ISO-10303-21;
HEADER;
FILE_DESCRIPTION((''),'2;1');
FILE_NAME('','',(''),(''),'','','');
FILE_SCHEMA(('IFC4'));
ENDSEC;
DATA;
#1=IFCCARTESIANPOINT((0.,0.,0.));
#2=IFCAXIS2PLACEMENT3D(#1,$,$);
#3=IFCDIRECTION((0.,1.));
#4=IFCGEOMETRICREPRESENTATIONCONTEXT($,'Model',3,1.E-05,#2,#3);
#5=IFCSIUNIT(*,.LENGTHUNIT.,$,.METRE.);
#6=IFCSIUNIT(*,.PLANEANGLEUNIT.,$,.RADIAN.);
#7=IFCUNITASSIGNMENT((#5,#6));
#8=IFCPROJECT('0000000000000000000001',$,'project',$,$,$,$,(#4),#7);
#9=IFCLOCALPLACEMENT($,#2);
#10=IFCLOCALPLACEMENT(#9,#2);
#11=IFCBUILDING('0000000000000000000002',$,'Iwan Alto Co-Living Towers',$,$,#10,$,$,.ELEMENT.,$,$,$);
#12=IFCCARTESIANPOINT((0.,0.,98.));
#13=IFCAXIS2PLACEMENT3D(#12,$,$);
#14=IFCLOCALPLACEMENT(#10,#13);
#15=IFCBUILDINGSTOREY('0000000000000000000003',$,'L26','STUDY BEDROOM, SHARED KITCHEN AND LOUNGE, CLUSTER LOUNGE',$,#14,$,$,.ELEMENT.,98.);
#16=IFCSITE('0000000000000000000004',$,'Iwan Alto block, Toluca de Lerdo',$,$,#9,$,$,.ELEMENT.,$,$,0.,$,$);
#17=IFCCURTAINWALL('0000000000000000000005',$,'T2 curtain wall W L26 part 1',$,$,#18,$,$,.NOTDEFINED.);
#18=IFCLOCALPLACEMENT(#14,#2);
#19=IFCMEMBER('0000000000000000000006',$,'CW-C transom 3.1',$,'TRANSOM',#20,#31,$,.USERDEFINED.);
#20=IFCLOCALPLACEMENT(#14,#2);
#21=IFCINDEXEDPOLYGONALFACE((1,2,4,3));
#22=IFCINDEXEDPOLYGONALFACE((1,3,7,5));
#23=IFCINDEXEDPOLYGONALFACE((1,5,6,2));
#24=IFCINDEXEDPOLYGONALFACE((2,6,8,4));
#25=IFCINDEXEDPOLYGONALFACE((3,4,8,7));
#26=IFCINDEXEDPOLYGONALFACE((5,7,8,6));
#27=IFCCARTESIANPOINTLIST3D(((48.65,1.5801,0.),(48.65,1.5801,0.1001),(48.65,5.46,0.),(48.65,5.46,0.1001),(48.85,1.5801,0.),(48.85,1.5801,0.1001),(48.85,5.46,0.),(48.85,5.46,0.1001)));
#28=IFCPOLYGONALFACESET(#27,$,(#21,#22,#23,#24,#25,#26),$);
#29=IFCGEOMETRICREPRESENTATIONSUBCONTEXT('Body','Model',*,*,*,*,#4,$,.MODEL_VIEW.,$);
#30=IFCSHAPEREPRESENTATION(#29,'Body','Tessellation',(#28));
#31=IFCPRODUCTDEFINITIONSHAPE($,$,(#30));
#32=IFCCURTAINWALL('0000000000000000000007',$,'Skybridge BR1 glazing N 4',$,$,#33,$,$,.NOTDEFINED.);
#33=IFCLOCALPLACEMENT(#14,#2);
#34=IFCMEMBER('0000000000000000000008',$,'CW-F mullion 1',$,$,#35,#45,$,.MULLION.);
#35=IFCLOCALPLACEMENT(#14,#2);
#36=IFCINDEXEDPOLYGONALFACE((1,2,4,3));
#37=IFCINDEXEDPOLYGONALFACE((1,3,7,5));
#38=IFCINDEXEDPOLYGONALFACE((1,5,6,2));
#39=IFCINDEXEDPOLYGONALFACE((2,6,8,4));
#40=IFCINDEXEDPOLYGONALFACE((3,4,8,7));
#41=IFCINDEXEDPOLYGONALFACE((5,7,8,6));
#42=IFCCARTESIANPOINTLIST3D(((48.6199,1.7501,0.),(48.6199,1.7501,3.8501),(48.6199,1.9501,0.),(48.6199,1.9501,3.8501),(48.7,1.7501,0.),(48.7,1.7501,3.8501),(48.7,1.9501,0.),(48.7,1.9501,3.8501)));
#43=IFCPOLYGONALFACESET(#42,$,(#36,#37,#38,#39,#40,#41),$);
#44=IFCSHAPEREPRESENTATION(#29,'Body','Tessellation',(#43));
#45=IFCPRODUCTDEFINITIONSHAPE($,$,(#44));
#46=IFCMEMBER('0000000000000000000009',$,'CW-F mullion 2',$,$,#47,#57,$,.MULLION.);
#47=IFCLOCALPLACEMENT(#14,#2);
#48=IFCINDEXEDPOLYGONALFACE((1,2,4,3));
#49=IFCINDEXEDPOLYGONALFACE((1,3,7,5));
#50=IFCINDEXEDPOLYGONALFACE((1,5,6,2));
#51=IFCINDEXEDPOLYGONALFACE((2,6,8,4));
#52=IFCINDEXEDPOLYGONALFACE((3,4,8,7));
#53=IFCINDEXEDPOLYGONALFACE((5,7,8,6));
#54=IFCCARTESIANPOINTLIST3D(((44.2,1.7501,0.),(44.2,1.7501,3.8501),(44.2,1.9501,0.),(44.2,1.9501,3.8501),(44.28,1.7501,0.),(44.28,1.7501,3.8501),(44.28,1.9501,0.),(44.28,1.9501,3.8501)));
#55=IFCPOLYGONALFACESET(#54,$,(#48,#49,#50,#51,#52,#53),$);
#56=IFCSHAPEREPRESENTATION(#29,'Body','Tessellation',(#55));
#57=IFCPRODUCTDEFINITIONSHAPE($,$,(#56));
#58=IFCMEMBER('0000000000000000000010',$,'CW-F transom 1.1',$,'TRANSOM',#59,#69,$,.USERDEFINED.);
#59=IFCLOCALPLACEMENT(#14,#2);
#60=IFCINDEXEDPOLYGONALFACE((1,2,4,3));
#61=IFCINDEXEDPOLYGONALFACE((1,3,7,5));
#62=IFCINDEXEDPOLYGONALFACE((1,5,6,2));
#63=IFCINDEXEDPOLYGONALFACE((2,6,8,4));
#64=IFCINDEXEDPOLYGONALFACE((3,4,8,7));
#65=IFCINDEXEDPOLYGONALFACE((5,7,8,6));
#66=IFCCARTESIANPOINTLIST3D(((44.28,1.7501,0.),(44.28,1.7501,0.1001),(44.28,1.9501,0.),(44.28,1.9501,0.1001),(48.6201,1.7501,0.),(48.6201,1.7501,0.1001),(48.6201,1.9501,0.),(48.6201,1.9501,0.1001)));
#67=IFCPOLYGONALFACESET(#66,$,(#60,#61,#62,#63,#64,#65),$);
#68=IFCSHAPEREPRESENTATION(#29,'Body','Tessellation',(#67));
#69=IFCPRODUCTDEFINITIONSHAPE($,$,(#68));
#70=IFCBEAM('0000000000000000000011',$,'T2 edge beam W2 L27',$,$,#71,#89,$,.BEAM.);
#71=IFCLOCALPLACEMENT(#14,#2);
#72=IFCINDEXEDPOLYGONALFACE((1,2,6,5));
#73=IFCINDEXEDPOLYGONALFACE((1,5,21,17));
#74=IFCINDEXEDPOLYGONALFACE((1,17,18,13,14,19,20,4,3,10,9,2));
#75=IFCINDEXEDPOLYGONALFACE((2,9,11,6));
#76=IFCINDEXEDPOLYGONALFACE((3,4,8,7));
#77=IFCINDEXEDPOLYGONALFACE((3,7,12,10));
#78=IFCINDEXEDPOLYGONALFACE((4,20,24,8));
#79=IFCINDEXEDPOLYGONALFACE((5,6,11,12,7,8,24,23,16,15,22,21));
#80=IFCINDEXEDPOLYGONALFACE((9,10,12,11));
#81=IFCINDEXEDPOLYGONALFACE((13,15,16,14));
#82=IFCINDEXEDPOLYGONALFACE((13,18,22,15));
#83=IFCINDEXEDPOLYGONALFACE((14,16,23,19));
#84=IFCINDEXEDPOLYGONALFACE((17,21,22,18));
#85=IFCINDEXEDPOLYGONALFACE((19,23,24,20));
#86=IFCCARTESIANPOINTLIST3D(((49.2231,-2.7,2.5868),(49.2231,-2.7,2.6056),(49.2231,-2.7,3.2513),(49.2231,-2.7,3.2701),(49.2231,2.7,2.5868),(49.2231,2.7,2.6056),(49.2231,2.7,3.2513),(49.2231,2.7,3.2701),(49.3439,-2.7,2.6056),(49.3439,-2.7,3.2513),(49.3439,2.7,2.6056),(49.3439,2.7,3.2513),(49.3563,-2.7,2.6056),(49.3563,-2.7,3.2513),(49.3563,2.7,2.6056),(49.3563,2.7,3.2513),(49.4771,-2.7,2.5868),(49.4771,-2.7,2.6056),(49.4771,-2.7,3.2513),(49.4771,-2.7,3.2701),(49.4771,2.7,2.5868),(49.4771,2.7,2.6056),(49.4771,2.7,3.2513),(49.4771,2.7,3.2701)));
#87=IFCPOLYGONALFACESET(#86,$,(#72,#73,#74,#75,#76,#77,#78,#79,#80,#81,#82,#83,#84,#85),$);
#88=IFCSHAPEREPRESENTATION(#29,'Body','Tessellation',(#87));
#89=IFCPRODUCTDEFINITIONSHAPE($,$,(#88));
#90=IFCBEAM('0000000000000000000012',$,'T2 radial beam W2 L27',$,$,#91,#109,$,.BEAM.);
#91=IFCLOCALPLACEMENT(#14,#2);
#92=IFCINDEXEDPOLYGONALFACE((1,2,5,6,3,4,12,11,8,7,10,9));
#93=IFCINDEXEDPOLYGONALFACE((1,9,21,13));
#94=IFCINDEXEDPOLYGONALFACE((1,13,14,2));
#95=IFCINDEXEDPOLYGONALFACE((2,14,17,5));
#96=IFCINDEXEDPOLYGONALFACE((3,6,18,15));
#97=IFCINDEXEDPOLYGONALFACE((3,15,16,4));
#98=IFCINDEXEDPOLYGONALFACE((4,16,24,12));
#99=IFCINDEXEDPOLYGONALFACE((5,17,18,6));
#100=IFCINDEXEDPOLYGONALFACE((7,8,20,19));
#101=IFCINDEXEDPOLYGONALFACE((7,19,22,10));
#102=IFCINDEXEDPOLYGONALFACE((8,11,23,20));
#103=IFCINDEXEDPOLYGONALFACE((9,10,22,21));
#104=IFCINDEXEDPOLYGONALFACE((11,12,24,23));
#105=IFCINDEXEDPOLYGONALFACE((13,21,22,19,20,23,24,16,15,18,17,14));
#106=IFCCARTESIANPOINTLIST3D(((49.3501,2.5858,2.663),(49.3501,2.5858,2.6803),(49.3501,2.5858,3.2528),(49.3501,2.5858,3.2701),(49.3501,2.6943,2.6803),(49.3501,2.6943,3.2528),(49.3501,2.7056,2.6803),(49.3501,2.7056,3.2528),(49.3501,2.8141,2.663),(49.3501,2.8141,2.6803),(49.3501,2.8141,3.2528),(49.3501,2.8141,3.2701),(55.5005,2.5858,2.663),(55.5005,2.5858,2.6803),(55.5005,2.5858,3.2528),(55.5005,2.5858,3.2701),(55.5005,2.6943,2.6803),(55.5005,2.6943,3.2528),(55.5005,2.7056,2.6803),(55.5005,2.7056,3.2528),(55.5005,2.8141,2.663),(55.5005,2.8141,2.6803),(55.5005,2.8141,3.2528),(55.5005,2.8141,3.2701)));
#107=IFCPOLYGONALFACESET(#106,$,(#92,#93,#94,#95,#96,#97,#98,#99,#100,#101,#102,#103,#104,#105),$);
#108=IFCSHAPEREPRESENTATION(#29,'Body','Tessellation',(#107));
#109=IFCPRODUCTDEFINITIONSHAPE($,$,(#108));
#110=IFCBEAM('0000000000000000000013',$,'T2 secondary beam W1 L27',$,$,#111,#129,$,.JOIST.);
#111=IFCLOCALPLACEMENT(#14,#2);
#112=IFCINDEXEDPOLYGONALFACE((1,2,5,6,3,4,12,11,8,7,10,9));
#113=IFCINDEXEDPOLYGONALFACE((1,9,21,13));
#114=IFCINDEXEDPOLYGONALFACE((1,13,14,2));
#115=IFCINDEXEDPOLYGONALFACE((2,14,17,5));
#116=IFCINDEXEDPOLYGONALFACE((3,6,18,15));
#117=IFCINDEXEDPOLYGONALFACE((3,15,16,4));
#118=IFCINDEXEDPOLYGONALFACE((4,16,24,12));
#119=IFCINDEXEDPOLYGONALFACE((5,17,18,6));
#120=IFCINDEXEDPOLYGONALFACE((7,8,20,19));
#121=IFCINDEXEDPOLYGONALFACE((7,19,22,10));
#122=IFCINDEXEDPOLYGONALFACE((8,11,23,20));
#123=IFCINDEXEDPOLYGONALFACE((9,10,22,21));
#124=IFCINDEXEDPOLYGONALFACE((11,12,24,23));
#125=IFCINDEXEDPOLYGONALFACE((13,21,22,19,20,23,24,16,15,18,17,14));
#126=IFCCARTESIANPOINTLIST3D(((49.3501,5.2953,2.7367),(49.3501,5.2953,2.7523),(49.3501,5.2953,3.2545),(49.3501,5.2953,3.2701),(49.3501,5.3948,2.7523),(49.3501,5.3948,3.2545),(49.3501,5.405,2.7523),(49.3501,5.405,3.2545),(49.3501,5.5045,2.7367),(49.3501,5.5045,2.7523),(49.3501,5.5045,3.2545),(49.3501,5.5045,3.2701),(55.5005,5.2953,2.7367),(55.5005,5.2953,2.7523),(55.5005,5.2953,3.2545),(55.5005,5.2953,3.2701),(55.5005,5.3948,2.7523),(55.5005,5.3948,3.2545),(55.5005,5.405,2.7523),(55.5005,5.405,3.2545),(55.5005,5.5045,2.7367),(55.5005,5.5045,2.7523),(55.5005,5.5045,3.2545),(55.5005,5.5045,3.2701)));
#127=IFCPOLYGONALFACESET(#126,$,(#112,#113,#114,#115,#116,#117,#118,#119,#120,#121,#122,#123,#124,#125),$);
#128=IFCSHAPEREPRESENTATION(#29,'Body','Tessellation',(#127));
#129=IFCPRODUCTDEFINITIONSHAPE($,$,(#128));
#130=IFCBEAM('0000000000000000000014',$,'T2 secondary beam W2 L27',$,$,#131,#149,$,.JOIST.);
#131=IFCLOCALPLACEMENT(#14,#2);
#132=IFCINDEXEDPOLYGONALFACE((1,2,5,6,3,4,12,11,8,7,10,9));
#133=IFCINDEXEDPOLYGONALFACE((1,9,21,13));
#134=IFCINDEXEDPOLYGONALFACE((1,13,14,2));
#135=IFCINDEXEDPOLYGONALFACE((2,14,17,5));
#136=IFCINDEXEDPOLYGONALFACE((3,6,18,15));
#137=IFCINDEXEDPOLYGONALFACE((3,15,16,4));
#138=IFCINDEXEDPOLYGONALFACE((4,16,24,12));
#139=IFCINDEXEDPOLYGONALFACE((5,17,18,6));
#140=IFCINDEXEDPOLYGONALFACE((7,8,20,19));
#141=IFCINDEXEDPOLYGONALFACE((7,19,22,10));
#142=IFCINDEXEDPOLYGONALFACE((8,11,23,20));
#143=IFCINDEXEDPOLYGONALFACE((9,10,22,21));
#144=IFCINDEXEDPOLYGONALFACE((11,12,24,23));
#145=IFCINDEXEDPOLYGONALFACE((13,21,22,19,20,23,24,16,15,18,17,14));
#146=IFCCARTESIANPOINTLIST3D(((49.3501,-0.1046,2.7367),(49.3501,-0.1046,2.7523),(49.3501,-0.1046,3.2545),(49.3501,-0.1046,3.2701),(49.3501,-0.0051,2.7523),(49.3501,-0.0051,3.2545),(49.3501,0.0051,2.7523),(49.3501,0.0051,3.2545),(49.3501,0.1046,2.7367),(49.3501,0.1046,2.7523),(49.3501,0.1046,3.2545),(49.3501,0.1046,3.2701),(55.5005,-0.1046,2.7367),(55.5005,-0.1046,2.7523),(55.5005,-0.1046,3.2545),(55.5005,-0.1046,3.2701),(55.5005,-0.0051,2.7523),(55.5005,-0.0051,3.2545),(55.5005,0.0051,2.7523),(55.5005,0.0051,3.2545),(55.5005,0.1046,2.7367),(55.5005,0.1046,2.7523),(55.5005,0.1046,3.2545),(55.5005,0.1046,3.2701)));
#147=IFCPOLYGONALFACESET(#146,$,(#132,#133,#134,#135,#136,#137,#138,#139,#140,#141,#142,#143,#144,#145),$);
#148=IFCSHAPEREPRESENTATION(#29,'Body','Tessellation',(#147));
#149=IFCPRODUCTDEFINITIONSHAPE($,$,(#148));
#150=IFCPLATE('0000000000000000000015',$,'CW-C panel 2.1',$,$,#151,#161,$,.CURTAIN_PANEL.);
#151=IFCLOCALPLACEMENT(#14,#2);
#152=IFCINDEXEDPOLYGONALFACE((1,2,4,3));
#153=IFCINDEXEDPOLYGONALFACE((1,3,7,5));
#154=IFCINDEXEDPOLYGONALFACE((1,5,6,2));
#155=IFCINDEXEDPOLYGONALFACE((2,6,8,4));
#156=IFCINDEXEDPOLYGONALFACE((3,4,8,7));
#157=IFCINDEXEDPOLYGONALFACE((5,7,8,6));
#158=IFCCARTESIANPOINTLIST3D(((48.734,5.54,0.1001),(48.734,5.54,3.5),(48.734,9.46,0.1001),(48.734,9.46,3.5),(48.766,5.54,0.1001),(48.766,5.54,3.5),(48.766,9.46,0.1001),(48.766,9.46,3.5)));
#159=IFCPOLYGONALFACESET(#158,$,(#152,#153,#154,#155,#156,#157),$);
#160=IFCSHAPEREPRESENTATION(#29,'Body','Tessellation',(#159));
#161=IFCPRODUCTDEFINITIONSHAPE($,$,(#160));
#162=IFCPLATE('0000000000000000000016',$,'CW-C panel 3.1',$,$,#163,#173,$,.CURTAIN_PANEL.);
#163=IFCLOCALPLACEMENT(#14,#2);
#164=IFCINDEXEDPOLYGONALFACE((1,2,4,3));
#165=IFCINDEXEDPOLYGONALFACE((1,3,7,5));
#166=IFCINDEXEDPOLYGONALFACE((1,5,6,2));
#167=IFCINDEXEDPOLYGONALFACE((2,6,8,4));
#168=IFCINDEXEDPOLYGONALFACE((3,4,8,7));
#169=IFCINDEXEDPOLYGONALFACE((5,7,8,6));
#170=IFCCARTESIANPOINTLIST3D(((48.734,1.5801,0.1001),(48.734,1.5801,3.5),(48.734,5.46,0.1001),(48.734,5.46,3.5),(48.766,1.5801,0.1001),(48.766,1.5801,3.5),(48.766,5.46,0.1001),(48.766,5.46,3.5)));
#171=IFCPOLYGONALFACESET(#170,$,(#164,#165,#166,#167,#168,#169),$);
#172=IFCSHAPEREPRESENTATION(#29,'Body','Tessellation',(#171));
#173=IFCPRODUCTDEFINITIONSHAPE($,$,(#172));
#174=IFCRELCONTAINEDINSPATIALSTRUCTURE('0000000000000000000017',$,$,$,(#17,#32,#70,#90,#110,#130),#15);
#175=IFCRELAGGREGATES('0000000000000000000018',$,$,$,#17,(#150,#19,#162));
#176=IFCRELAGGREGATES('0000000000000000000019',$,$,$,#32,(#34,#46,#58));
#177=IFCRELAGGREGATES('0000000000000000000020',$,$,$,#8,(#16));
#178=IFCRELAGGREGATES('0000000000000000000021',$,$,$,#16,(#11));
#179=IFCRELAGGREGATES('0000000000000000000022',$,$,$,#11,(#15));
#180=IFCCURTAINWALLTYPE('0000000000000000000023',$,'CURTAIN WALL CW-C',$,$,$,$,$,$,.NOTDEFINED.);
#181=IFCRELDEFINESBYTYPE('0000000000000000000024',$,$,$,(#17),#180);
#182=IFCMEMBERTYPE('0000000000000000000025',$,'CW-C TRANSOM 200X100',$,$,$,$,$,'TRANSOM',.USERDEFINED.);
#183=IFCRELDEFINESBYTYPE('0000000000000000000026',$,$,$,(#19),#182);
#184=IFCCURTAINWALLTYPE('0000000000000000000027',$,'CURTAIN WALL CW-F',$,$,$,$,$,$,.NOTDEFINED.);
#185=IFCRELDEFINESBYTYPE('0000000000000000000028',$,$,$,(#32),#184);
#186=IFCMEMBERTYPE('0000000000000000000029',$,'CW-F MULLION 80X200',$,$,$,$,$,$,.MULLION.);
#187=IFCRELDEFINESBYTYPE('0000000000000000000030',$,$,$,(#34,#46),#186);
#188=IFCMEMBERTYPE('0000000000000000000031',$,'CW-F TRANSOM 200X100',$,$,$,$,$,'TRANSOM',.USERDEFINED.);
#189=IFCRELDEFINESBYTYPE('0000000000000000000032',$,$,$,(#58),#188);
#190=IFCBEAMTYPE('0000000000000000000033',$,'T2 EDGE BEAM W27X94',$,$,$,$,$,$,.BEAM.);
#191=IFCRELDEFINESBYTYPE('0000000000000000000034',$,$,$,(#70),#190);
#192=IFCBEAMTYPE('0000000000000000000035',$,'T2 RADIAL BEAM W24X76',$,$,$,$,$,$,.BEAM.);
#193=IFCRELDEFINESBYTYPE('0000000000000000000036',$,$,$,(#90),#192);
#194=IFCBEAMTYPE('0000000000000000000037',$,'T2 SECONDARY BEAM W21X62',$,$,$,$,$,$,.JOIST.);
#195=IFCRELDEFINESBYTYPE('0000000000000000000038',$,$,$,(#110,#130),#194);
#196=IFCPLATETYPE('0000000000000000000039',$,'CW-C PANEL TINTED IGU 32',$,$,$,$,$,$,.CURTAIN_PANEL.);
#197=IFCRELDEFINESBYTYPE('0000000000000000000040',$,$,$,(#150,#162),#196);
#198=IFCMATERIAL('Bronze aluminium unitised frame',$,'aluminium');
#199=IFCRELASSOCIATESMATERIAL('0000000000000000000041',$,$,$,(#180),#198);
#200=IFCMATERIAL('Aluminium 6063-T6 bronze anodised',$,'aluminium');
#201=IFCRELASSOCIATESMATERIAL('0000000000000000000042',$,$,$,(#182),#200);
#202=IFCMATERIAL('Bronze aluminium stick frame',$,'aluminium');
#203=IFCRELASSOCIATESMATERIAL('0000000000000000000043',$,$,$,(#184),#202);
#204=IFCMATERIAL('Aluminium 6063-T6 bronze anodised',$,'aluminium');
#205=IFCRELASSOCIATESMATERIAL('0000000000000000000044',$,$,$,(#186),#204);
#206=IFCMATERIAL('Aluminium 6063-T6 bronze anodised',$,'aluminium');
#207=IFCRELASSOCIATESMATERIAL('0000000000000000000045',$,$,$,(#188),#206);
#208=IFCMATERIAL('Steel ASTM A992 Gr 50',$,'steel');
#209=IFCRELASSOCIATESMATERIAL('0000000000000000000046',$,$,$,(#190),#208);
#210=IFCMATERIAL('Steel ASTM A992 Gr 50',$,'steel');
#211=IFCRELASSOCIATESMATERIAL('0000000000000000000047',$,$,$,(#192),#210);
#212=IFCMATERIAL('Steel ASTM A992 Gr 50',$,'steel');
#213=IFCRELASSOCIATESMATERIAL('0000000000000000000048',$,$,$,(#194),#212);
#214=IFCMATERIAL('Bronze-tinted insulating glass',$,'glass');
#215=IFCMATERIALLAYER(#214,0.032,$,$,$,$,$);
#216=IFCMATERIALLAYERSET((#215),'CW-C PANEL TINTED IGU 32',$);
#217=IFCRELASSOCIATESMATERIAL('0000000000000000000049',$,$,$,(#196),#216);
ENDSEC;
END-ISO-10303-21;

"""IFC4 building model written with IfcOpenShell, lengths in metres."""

from ifc_helpers import new_model, si_unit, direction, frame, origin, origin_2d, place, context, subcontext, project, spatial, rectangle, i_section, extrude, material, layer, layer_set, material_profile, profile_set, type_object, element, aggregate, save


model = new_model("IFC4")

# Units and contexts
model_context = context("Model", 3, precision=1e-05, world=origin(), true_north=direction((0.0, 1.0)))
body_context = subcontext(model_context, "Body", "Model", "MODEL_VIEW")
ifc_project = project(units=[si_unit("LENGTHUNIT", "METRE"), si_unit("PLANEANGLEUNIT", "RADIAN")], contexts=[model_context])

# Site, building, storey
site_placement = place(None, origin())
site = spatial("IfcSite", under=ifc_project, at=site_placement, Name="Iwan Alto block, Toluca de Lerdo", CompositionType="ELEMENT", RefElevation=0.0)
building_placement = place(site_placement, origin())
building = spatial("IfcBuilding", under=site, at=building_placement, Name="Iwan Alto Co-Living Towers", CompositionType="ELEMENT")
storey_placement = place(building_placement, frame((0.0, 0.0, 98.0)))
storey = spatial("IfcBuildingStorey", under=building, at=storey_placement, Name="L26", Description="STUDY BEDROOM, SHARED KITCHEN AND LOUNGE, CLUSTER LOUNGE", CompositionType="ELEMENT", Elevation=98.0)

# Curtain walls, members
ifc_material_1 = material(Name="Bronze aluminium unitised frame", Category="aluminium")
curtain_wall_type_1 = type_object("IfcCurtainWallType", Name="CURTAIN WALL CW-C", PredefinedType="NOTDEFINED", material=ifc_material_1)
curtain_wall_1_placement = place(storey_placement, origin())
curtain_wall_1 = element("IfcCurtainWall", 1, at=curtain_wall_1_placement, inside=storey, type_object=curtain_wall_type_1, Name="T2 curtain wall W L26 part 1", PredefinedType="NOTDEFINED")
ifc_material_2 = material(Name="Aluminium 6063-T6 bronze anodised", Category="aluminium")
ifc_material_profile_1 = material_profile(ifc_material_2, rectangle(XDim=0.2, YDim=0.1001, at=origin_2d()), Name="AL 200X100")
ifc_profile_set_1 = profile_set([ifc_material_profile_1], Name="Aluminium 6063-T6 bronze anodised")
member_type_1 = type_object("IfcMemberType", Name="CW-C TRANSOM 200X100", ElementType="TRANSOM", PredefinedType="USERDEFINED", material=ifc_profile_set_1)
member_1_placement = place(storey_placement, frame((48.75, 5.46, 0.05), z_axis=(0.0, -1.0, 0.0), x_axis=(1.0, 0.0, 0.0)))
member_1 = element("IfcMember", 2, at=member_1_placement, type_object=member_type_1, Name="CW-C transom 3.1", ObjectType="TRANSOM", PredefinedType="USERDEFINED", context=body_context, shape_type="SweptSolid", body=[
    extrude(rectangle(XDim=0.2, YDim=0.1001, at=origin_2d()), origin(), (0.0, 0.0, 1.0), 3.8799),
])
ifc_material_3 = material(Name="Bronze aluminium stick frame", Category="aluminium")
curtain_wall_type_2 = type_object("IfcCurtainWallType", Name="CURTAIN WALL CW-F", PredefinedType="NOTDEFINED", material=ifc_material_3)
curtain_wall_2_placement = place(storey_placement, origin())
curtain_wall_2 = element("IfcCurtainWall", 3, at=curtain_wall_2_placement, inside=storey, type_object=curtain_wall_type_2, Name="Skybridge BR1 glazing N 4", PredefinedType="NOTDEFINED")
ifc_material_4 = material(Name="Aluminium 6063-T6 bronze anodised", Category="aluminium")
ifc_material_profile_2 = material_profile(ifc_material_4, rectangle(XDim=0.2, YDim=0.0801, at=origin_2d()), Name="AL 80X200")
ifc_profile_set_2 = profile_set([ifc_material_profile_2], Name="Aluminium 6063-T6 bronze anodised")
member_type_2 = type_object("IfcMemberType", Name="CW-F MULLION 80X200", PredefinedType="MULLION", material=ifc_profile_set_2)
member_2_placement = place(storey_placement, frame((48.6599, 1.8501, 0.0), z_axis=(0.0, 0.0, 1.0), x_axis=(0.0, -1.0, 0.0)))
member_2 = element("IfcMember", 4, at=member_2_placement, type_object=member_type_2, Name="CW-F mullion 1", PredefinedType="MULLION", context=body_context, shape_type="SweptSolid", body=[
    extrude(rectangle(XDim=0.2, YDim=0.0801, at=origin_2d()), origin(), (0.0, 0.0, 1.0), 3.8501),
])
member_3_placement = place(storey_placement, frame((44.24, 1.8501, 0.0), z_axis=(0.0, 0.0, 1.0), x_axis=(0.0, -1.0, 0.0)))
member_3 = element("IfcMember", 5, at=member_3_placement, type_object=member_type_2, Name="CW-F mullion 2", PredefinedType="MULLION", context=body_context, shape_type="SweptSolid", body=[
    extrude(rectangle(XDim=0.2, YDim=0.0801, at=origin_2d()), origin(), (0.0, 0.0, 1.0), 3.8501),
])
ifc_material_5 = material(Name="Aluminium 6063-T6 bronze anodised", Category="aluminium")
ifc_material_profile_3 = material_profile(ifc_material_5, rectangle(XDim=0.2, YDim=0.1001, at=origin_2d()), Name="AL 200X100")
ifc_profile_set_3 = profile_set([ifc_material_profile_3], Name="Aluminium 6063-T6 bronze anodised")
member_type_3 = type_object("IfcMemberType", Name="CW-F TRANSOM 200X100", ElementType="TRANSOM", PredefinedType="USERDEFINED", material=ifc_profile_set_3)
member_4_placement = place(storey_placement, frame((48.6201, 1.8501, 0.05), z_axis=(-1.0, 0.0, 0.0), x_axis=(0.0, -1.0, 0.0)))
member_4 = element("IfcMember", 6, at=member_4_placement, type_object=member_type_3, Name="CW-F transom 1.1", ObjectType="TRANSOM", PredefinedType="USERDEFINED", context=body_context, shape_type="SweptSolid", body=[
    extrude(rectangle(XDim=0.2, YDim=0.1001, at=origin_2d()), origin(), (0.0, 0.0, 1.0), 4.3401),
])

# Beams
ifc_material_6 = material(Name="Steel ASTM A992 Gr 50", Category="steel")
ifc_material_profile_4 = material_profile(ifc_material_6, i_section(OverallWidth=0.2539, OverallDepth=0.6833, WebThickness=0.0125, FlangeThickness=0.0188, at=origin_2d()), Name="W27X94")
ifc_profile_set_4 = profile_set([ifc_material_profile_4], Name="Steel ASTM A992 Gr 50")
beam_type_1 = type_object("IfcBeamType", Name="T2 EDGE BEAM W27X94", PredefinedType="BEAM", material=ifc_profile_set_4)
beam_1_placement = place(storey_placement, frame((49.3501, 2.7, 2.9285), z_axis=(0.0, -1.0, 0.0), x_axis=(1.0, 0.0, 0.0)))
element("IfcBeam", 7, at=beam_1_placement, inside=storey, type_object=beam_type_1, Name="T2 edge beam W2 L27", PredefinedType="BEAM", context=body_context, shape_type="SweptSolid", body=[
    extrude(i_section(OverallWidth=0.2539, OverallDepth=0.6833, WebThickness=0.0125, FlangeThickness=0.0188, at=origin_2d()), origin(), (0.0, 0.0, 1.0), 5.3999),
])
ifc_material_7 = material(Name="Steel ASTM A992 Gr 50", Category="steel")
ifc_material_profile_5 = material_profile(ifc_material_7, i_section(OverallWidth=0.2283, OverallDepth=0.6072, WebThickness=0.0112, FlangeThickness=0.0173, at=origin_2d()), Name="W24X76")
ifc_profile_set_5 = profile_set([ifc_material_profile_5], Name="Steel ASTM A992 Gr 50")
beam_type_2 = type_object("IfcBeamType", Name="T2 RADIAL BEAM W24X76", PredefinedType="BEAM", material=ifc_profile_set_5)
beam_2_placement = place(storey_placement, frame((49.3501, 2.7, 2.9666), z_axis=(1.0, 0.0, 0.0), x_axis=(0.0, 1.0, 0.0)))
element("IfcBeam", 8, at=beam_2_placement, inside=storey, type_object=beam_type_2, Name="T2 radial beam W2 L27", PredefinedType="BEAM", context=body_context, shape_type="SweptSolid", body=[
    extrude(i_section(OverallWidth=0.2283, OverallDepth=0.6072, WebThickness=0.0112, FlangeThickness=0.0173, at=origin_2d()), origin(), (0.0, 0.0, 1.0), 6.1504),
])
ifc_material_8 = material(Name="Steel ASTM A992 Gr 50", Category="steel")
ifc_material_profile_6 = material_profile(ifc_material_8, i_section(OverallWidth=0.2092, OverallDepth=0.5334, WebThickness=0.0103, FlangeThickness=0.0156, at=origin_2d()), Name="W21X62")
ifc_profile_set_6 = profile_set([ifc_material_profile_6], Name="Steel ASTM A992 Gr 50")
beam_type_3 = type_object("IfcBeamType", Name="T2 SECONDARY BEAM W21X62", PredefinedType="JOIST", material=ifc_profile_set_6)
for number, where, z_axis, x_axis, name in (
    (9, (49.3501, 5.3999, 3.0034), (1.0, 0.0, 0.0), (0.0, 1.0, 0.0), "T2 secondary beam W1 L27"),
    (10, (49.3501, 0.0, 3.0034), (1.0, 0.0, 0.0), (0.0, 1.0, 0.0), "T2 secondary beam W2 L27"),
):
    element("IfcBeam", number, at=place(storey_placement, frame(where, z_axis=z_axis, x_axis=x_axis)), inside=storey, type_object=beam_type_3, Name=name, PredefinedType="JOIST", context=body_context, shape_type="SweptSolid", body=[
        extrude(i_section(OverallWidth=0.2092, OverallDepth=0.5334, WebThickness=0.0103, FlangeThickness=0.0156, at=origin_2d()), origin(), (0.0, 0.0, 1.0), 6.1504),
    ])

# Plates
ifc_material_9 = material(Name="Bronze-tinted insulating glass", Category="glass")
ifc_layer_1 = layer(ifc_material_9, 0.032)
ifc_layer_set_1 = layer_set([ifc_layer_1], Name="CW-C PANEL TINTED IGU 32")
plate_type_1 = type_object("IfcPlateType", Name="CW-C PANEL TINTED IGU 32", PredefinedType="CURTAIN_PANEL", material=ifc_layer_set_1)
plate_1_placement = place(storey_placement, frame((48.75, 7.5, 0.1001), z_axis=(0.0, 0.0, 1.0), x_axis=(0.0, -1.0, 0.0)))
plate_1 = element("IfcPlate", 11, at=plate_1_placement, type_object=plate_type_1, Name="CW-C panel 2.1", PredefinedType="CURTAIN_PANEL", context=body_context, shape_type="SweptSolid", body=[
    extrude(rectangle(XDim=3.9199, YDim=0.032, at=origin_2d()), origin(), (0.0, 0.0, 1.0), 3.3999),
])
plate_2_placement = place(storey_placement, frame((48.75, 3.52, 0.1001), z_axis=(0.0, 0.0, 1.0), x_axis=(0.0, -1.0, 0.0)))
plate_2 = element("IfcPlate", 12, at=plate_2_placement, type_object=plate_type_1, Name="CW-C panel 3.1", PredefinedType="CURTAIN_PANEL", context=body_context, shape_type="SweptSolid", body=[
    extrude(rectangle(XDim=3.8799, YDim=0.032, at=origin_2d()), origin(), (0.0, 0.0, 1.0), 3.3999),
])
aggregate(curtain_wall_1, [plate_1, member_1, plate_2])
aggregate(curtain_wall_2, [member_2, member_3, member_4])

save(model, "model.ifc")
